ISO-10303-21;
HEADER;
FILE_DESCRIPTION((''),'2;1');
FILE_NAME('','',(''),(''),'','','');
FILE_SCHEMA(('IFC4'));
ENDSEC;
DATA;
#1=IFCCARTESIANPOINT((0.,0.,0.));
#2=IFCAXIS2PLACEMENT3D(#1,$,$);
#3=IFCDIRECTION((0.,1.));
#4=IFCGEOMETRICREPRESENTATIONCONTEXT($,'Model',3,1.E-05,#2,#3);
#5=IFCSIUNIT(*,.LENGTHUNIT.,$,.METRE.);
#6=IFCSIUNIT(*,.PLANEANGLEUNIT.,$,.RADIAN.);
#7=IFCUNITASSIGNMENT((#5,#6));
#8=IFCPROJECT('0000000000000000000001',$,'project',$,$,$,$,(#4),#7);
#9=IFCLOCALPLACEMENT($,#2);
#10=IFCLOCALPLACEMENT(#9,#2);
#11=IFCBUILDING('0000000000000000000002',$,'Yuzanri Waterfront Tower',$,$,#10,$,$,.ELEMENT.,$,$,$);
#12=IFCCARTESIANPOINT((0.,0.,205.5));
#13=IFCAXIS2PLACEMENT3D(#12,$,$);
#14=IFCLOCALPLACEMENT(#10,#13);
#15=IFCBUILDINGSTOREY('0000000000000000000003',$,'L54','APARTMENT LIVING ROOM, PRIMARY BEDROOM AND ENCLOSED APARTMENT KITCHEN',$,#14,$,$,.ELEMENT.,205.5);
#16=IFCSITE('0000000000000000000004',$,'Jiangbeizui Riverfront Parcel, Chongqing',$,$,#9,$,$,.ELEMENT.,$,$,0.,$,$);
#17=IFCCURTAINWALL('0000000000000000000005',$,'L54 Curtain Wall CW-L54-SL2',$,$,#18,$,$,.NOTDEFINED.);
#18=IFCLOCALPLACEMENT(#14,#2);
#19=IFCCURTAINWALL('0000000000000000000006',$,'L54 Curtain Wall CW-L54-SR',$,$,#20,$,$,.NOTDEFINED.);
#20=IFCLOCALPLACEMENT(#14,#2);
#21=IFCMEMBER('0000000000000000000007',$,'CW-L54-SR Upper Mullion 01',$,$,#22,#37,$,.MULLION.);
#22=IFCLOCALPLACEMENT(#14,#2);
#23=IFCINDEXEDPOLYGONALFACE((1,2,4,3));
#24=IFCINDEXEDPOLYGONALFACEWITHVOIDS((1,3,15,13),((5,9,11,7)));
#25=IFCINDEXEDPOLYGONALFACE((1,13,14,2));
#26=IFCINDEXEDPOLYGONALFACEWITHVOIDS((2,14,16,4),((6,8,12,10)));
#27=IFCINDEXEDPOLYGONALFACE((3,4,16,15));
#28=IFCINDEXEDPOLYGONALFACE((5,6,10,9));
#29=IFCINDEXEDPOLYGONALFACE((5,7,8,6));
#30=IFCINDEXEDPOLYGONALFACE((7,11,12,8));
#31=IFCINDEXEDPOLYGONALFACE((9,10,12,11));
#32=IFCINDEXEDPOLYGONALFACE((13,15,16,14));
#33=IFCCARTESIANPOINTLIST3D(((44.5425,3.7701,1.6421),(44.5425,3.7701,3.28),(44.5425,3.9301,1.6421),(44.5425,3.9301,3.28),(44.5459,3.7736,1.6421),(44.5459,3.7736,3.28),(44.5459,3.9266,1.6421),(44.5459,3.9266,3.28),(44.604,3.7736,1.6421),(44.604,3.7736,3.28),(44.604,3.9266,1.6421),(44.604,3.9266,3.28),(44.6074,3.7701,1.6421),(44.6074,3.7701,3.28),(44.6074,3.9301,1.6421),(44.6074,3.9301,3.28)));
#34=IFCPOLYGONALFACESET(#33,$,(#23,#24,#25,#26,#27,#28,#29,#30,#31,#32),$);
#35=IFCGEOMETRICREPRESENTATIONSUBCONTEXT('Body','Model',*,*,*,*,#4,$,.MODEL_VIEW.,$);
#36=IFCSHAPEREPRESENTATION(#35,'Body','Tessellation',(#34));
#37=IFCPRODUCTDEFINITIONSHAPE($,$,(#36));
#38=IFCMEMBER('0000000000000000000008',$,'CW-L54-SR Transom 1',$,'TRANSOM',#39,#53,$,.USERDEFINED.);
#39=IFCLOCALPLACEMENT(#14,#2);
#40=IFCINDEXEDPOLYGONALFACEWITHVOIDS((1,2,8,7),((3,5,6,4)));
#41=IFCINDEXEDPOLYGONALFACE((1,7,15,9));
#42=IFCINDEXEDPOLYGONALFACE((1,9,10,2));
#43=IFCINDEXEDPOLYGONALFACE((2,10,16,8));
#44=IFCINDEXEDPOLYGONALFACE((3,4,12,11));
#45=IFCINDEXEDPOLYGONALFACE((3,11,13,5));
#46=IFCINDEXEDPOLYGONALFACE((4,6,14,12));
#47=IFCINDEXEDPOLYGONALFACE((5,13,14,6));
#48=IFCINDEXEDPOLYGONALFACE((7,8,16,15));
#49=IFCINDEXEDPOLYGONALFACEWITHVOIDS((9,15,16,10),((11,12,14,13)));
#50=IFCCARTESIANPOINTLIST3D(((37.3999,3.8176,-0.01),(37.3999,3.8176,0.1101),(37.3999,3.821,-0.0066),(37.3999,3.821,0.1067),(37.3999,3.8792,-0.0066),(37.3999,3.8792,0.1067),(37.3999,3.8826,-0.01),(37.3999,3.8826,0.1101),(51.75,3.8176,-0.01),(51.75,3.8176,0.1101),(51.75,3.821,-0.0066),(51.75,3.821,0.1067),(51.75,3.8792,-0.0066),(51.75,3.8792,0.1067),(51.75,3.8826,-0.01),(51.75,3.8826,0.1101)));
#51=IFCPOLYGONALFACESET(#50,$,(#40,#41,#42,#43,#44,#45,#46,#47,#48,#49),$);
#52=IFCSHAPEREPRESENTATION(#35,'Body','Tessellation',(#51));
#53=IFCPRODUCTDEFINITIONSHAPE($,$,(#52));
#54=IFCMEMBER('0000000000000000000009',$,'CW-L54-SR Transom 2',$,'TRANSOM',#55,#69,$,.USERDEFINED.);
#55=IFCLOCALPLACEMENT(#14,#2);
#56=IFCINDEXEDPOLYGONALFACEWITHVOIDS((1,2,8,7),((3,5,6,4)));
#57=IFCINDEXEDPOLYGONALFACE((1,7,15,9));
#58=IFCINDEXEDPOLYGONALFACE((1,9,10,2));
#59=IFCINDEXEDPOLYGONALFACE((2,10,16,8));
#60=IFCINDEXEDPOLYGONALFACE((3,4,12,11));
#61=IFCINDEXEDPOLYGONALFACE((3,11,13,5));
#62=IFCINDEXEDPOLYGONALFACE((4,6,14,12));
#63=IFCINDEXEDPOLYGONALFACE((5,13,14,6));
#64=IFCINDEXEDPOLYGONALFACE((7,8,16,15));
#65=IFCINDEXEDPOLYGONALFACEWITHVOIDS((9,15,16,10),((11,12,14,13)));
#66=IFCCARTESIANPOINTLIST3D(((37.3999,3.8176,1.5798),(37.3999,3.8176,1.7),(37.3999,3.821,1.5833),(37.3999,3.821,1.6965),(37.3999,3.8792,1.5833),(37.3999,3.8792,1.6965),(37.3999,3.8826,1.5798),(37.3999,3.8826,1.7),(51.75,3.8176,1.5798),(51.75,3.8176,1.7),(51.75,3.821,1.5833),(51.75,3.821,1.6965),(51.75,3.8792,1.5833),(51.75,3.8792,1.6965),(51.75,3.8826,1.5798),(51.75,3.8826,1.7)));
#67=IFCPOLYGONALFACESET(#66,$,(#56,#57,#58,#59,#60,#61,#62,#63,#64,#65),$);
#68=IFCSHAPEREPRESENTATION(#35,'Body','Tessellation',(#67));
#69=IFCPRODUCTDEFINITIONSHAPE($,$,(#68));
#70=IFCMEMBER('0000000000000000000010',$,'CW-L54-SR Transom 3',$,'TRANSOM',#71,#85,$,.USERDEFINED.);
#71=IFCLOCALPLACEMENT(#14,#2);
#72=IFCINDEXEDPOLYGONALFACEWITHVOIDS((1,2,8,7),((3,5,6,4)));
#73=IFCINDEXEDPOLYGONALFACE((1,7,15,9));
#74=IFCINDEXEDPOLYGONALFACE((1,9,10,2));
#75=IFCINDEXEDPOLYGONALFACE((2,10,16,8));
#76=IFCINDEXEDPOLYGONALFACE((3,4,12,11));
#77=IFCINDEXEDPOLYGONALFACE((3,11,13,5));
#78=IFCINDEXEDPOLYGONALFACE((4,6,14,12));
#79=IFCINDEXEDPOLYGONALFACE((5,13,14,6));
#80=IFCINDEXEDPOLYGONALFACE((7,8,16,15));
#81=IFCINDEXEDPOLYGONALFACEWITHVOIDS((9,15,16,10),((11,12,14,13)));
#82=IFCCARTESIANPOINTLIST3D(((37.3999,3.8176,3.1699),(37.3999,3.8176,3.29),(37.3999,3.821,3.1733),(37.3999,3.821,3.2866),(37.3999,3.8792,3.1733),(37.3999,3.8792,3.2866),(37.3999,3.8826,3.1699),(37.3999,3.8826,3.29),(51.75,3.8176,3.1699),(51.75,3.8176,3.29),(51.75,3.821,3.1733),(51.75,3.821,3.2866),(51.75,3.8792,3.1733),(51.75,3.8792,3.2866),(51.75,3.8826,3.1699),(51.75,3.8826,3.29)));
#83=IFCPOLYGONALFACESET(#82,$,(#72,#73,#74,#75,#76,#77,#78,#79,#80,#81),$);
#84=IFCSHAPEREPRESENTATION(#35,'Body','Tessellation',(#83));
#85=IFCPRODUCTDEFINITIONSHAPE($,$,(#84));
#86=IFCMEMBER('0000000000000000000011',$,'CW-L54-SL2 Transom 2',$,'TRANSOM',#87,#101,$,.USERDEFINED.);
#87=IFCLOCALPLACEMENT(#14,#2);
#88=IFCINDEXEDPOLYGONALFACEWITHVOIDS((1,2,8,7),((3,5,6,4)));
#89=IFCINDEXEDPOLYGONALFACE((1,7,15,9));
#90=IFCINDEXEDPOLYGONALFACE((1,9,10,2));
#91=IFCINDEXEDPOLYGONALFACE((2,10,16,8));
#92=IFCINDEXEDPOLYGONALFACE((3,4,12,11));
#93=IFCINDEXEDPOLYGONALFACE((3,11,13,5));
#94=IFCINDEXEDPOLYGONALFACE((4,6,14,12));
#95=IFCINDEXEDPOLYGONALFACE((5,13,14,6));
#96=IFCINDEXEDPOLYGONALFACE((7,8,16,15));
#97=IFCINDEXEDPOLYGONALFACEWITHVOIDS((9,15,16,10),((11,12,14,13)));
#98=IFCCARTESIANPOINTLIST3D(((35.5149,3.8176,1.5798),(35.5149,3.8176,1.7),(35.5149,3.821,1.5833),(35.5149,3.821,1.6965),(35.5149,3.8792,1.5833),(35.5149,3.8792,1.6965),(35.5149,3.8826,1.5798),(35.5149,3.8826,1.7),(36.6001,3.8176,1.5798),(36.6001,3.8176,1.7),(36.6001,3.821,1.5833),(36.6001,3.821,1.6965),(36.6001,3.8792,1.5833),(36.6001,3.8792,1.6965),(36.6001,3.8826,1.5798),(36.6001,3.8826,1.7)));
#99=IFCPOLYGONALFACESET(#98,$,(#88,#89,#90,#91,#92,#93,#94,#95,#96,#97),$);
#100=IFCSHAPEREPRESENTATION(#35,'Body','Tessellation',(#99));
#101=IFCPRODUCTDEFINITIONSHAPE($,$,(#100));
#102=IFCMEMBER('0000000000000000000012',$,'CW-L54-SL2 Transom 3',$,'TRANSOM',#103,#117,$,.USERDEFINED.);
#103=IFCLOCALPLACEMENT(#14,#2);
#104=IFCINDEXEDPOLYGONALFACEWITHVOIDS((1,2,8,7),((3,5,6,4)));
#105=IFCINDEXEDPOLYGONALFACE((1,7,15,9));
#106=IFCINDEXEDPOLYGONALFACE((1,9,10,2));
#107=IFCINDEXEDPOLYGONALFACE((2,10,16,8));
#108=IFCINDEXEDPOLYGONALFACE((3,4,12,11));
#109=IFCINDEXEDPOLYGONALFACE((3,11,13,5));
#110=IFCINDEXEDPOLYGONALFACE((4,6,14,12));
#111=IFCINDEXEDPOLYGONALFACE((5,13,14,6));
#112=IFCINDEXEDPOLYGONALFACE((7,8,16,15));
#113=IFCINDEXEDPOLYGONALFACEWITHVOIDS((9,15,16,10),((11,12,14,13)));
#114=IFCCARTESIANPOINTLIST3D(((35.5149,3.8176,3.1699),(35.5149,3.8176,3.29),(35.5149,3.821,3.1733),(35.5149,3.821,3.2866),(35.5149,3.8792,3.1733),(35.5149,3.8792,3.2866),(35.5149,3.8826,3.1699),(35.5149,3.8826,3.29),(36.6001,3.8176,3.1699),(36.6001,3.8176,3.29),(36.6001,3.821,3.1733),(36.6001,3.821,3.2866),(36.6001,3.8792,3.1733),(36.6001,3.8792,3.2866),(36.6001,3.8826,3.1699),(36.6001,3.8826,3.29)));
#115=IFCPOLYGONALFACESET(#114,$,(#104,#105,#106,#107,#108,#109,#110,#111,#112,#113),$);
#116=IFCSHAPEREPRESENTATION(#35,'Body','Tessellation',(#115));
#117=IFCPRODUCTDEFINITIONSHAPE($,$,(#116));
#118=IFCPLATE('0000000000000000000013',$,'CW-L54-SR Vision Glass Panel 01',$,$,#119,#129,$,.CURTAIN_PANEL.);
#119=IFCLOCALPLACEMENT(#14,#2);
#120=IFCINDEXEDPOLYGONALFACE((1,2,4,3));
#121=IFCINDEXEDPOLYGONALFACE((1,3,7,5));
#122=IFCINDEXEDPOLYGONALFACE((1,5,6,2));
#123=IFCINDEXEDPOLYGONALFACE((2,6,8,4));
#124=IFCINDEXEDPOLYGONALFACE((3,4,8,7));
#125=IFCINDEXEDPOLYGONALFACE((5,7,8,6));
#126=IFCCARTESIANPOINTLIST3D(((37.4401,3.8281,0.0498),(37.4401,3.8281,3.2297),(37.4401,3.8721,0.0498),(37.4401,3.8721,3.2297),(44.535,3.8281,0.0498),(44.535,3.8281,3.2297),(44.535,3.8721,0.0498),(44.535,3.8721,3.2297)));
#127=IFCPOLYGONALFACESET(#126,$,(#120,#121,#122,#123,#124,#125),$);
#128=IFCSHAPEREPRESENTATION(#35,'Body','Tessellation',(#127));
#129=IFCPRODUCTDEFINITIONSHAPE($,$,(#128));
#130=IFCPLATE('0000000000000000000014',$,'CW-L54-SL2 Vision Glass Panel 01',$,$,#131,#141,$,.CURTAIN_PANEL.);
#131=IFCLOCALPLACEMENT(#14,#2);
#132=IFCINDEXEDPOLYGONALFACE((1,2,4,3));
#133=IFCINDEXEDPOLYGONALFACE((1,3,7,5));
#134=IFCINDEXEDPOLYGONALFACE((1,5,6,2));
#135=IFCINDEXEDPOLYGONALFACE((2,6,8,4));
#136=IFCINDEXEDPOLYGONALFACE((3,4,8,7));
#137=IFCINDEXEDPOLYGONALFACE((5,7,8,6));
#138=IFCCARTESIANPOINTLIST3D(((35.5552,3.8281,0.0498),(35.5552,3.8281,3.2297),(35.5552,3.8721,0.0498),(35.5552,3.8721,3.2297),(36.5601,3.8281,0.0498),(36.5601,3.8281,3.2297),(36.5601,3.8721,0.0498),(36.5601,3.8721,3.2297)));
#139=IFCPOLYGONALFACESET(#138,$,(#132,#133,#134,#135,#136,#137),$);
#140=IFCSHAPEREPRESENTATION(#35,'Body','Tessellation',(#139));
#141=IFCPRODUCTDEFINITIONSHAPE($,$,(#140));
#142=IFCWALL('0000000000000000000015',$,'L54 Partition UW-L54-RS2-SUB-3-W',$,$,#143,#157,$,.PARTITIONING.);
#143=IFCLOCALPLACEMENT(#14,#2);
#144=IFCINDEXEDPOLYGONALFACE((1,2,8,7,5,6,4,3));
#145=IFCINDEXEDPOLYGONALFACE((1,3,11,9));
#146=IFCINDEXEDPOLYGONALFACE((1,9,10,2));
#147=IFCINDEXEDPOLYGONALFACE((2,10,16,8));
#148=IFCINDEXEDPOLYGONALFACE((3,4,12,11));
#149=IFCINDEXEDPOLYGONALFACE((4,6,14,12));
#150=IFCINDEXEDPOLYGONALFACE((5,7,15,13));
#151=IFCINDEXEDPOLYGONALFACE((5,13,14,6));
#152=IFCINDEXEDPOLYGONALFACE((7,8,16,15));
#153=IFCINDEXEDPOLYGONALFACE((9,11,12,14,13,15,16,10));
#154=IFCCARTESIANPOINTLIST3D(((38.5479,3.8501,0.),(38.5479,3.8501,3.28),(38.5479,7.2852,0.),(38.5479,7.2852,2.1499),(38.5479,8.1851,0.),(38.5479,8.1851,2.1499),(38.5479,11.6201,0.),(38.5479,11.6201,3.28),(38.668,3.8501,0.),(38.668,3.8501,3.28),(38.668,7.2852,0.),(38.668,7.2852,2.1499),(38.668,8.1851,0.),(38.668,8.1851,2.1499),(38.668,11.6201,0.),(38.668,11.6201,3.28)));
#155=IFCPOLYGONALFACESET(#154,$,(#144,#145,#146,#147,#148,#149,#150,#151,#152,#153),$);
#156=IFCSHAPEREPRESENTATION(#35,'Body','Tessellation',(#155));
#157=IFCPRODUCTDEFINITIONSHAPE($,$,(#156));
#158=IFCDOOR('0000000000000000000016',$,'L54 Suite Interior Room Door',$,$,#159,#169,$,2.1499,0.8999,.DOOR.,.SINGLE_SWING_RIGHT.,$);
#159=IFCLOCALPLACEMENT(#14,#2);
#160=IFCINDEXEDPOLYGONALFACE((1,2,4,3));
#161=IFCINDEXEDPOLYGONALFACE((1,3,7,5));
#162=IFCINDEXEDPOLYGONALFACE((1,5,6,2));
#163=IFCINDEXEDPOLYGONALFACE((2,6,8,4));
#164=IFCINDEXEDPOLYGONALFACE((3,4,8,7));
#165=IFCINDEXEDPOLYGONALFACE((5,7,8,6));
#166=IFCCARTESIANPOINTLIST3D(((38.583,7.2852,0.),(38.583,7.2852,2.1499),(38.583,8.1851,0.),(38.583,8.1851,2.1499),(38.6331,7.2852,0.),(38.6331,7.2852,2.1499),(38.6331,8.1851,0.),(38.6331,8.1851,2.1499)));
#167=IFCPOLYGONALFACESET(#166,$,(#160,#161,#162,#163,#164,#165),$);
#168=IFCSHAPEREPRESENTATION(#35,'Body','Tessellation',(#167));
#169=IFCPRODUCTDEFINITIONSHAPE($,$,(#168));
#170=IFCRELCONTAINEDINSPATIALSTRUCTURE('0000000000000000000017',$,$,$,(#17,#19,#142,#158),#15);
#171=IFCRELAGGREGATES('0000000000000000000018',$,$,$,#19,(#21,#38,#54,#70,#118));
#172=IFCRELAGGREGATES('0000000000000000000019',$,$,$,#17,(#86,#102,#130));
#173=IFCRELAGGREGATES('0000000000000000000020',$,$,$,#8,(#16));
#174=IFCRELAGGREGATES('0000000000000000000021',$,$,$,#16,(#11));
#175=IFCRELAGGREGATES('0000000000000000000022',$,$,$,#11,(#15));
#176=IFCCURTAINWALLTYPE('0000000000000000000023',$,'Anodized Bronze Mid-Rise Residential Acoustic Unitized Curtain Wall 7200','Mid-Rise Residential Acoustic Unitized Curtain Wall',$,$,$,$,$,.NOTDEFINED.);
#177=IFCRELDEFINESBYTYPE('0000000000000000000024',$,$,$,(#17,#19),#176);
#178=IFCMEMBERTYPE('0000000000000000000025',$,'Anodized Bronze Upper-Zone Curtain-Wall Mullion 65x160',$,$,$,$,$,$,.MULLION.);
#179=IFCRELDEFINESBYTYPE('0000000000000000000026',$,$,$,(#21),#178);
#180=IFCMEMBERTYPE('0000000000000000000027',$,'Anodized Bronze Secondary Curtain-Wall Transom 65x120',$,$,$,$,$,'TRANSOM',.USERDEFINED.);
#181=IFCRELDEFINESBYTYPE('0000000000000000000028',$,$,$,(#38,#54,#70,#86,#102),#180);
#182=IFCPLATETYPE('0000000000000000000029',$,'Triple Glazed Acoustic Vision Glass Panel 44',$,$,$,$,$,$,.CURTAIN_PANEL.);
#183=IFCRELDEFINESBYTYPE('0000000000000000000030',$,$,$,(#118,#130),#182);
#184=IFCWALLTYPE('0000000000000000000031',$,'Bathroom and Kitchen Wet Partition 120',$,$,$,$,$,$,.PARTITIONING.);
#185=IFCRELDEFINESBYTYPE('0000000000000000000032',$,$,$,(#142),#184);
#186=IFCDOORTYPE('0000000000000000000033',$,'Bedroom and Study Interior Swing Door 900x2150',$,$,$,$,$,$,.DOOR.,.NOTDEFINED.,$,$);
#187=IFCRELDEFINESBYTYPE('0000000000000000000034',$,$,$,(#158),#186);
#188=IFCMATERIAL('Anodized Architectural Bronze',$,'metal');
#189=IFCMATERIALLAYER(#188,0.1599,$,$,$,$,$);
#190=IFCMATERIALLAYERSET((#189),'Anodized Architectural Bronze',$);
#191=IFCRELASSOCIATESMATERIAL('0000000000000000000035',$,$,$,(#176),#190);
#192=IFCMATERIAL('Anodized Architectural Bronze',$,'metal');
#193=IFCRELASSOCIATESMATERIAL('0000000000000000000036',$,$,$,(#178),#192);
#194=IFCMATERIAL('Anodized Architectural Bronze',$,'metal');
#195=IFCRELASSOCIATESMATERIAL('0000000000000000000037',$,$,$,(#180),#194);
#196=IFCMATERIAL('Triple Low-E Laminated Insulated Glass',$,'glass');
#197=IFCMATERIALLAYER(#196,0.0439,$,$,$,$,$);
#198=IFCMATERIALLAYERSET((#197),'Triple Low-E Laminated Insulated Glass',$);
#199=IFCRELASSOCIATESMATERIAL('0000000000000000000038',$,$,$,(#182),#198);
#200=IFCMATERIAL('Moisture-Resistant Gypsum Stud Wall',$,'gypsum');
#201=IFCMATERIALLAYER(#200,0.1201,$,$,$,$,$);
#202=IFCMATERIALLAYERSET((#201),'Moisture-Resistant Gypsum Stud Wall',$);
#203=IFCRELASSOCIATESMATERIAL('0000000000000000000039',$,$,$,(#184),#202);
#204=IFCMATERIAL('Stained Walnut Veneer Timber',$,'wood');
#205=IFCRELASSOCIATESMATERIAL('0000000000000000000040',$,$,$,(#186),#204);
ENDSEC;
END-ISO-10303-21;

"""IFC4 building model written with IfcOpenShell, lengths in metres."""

from ifc_helpers import new_model, si_unit, direction, frame, frame_2d, origin, origin_2d, place, context, subcontext, project, spatial, rectangle, hollow_rectangle, extrude, source, transform, mapped, material, layer, layer_set, material_profile, profile_set, type_object, element, fill, aggregate, save


model = new_model("IFC4")

# Units and contexts
model_context = context("Model", 3, precision=1e-05, world=origin(), true_north=direction((0.0, 1.0)))
body_context = subcontext(model_context, "Body", "Model", "MODEL_VIEW")
ifc_project = project(units=[si_unit("LENGTHUNIT", "METRE"), si_unit("PLANEANGLEUNIT", "RADIAN")], contexts=[model_context])

# Site, building, storey
site_placement = place(None, origin())
site = spatial("IfcSite", under=ifc_project, at=site_placement, Name="Jiangbeizui Riverfront Parcel, Chongqing", CompositionType="ELEMENT", RefElevation=0.0)
building_placement = place(site_placement, origin())
building = spatial("IfcBuilding", under=site, at=building_placement, Name="Yuzanri Waterfront Tower", CompositionType="ELEMENT")
storey_placement = place(building_placement, frame((0.0, 0.0, 205.5)))
storey = spatial("IfcBuildingStorey", under=building, at=storey_placement, Name="L54", Description="APARTMENT LIVING ROOM, PRIMARY BEDROOM AND ENCLOSED APARTMENT KITCHEN", CompositionType="ELEMENT", Elevation=205.5)

# Curtain walls, members
ifc_material_1 = material(Name="Anodized Architectural Bronze", Category="metal")
ifc_layer_1 = layer(ifc_material_1, 0.1599)
ifc_layer_set_1 = layer_set([ifc_layer_1], Name="Anodized Architectural Bronze")
curtain_wall_type = type_object("IfcCurtainWallType", Name="Anodized Bronze Mid-Rise Residential Acoustic Unitized Curtain Wall 7200", Description="Mid-Rise Residential Acoustic Unitized Curtain Wall", PredefinedType="NOTDEFINED", material=ifc_layer_set_1)
curtain_wall_1_placement = place(storey_placement, origin())
curtain_wall_1 = element("IfcCurtainWall", 1, at=curtain_wall_1_placement, inside=storey, type_object=curtain_wall_type, Name="L54 Curtain Wall CW-L54-SL2", PredefinedType="NOTDEFINED")
ifc_material_2 = material(Name="Anodized Architectural Bronze", Category="metal")
ifc_material_profile_1 = material_profile(ifc_material_2, hollow_rectangle(XDim=0.0649, YDim=0.1599, WallThickness=0.0034, at=origin_2d()), Name="CWM 65x160")
ifc_profile_set_1 = profile_set([ifc_material_profile_1], Name="Anodized Architectural Bronze")
member_type_1 = type_object("IfcMemberType", Name="Anodized Bronze Upper-Zone Curtain-Wall Mullion 65x160", PredefinedType="MULLION", material=ifc_profile_set_1)
shared_shape_1 = source(origin(), body_context, "Body", "SweptSolid", [
    extrude(hollow_rectangle(XDim=0.0649, YDim=0.1599, WallThickness=0.0034, at=origin_2d()), origin(), (0.0, 0.0, 1.0), 1.6379),
])
curtain_wall_2_placement = place(storey_placement, origin())
curtain_wall_2 = element("IfcCurtainWall", 2, at=curtain_wall_2_placement, inside=storey, type_object=curtain_wall_type, Name="L54 Curtain Wall CW-L54-SR", PredefinedType="NOTDEFINED")
member_1_placement = place(storey_placement, frame((44.575, 3.8501, 1.6421), z_axis=(0.0, 0.0, 1.0), x_axis=(1.0, 0.0, 0.0)))
member_1 = element("IfcMember", 3, at=member_1_placement, type_object=member_type_1, Name="CW-L54-SR Upper Mullion 01", PredefinedType="MULLION", context=body_context, shape_type="MappedRepresentation", body=[
    mapped(shared_shape_1, transform((0.0, 0.0, 0.0), scale=1.0)),
])
ifc_material_3 = material(Name="Anodized Architectural Bronze", Category="metal")
ifc_material_profile_2 = material_profile(ifc_material_3, hollow_rectangle(XDim=0.0649, YDim=0.1201, WallThickness=0.0034, at=origin_2d()), Name="CWT 65x120")
ifc_profile_set_2 = profile_set([ifc_material_profile_2], Name="Anodized Architectural Bronze")
member_type_2 = type_object("IfcMemberType", Name="Anodized Bronze Secondary Curtain-Wall Transom 65x120", ElementType="TRANSOM", PredefinedType="USERDEFINED", material=ifc_profile_set_2)
shared_shape_2 = source(origin(), body_context, "Body", "SweptSolid", [
    extrude(hollow_rectangle(XDim=0.0649, YDim=0.1201, WallThickness=0.0034, at=origin_2d()), origin(), (0.0, 0.0, 1.0), 14.3501),
])
member_2_placement = place(storey_placement, frame((37.3999, 3.8501, 0.05), z_axis=(1.0, 0.0, 0.0), x_axis=(0.0, 1.0, 0.0)))
member_2 = element("IfcMember", 4, at=member_2_placement, type_object=member_type_2, Name="CW-L54-SR Transom 1", ObjectType="TRANSOM", PredefinedType="USERDEFINED", context=body_context, shape_type="MappedRepresentation", body=[
    mapped(shared_shape_2, transform((0.0, 0.0, 0.0), scale=1.0)),
])
member_3_placement = place(storey_placement, frame((37.3999, 3.8501, 1.6399), z_axis=(1.0, 0.0, 0.0), x_axis=(0.0, 1.0, 0.0)))
member_3 = element("IfcMember", 5, at=member_3_placement, type_object=member_type_2, Name="CW-L54-SR Transom 2", ObjectType="TRANSOM", PredefinedType="USERDEFINED", context=body_context, shape_type="MappedRepresentation", body=[
    mapped(shared_shape_2, transform((0.0, 0.0, 0.0), scale=1.0)),
])
member_4_placement = place(storey_placement, frame((37.3999, 3.8501, 3.23), z_axis=(1.0, 0.0, 0.0), x_axis=(0.0, 1.0, 0.0)))
member_4 = element("IfcMember", 6, at=member_4_placement, type_object=member_type_2, Name="CW-L54-SR Transom 3", ObjectType="TRANSOM", PredefinedType="USERDEFINED", context=body_context, shape_type="MappedRepresentation", body=[
    mapped(shared_shape_2, transform((0.0, 0.0, 0.0), scale=1.0)),
])

# Members
shared_shape_3 = source(origin(), body_context, "Body", "SweptSolid", [
    extrude(hollow_rectangle(XDim=0.0649, YDim=0.1201, WallThickness=0.0034, at=origin_2d()), origin(), (0.0, 0.0, 1.0), 1.0852),
])
member_5_placement = place(storey_placement, frame((35.5149, 3.8501, 1.6399), z_axis=(1.0, 0.0, 0.0), x_axis=(0.0, 1.0, 0.0)))
member_5 = element("IfcMember", 7, at=member_5_placement, type_object=member_type_2, Name="CW-L54-SL2 Transom 2", ObjectType="TRANSOM", PredefinedType="USERDEFINED", context=body_context, shape_type="MappedRepresentation", body=[
    mapped(shared_shape_3, transform((0.0, 0.0, 0.0), scale=1.0)),
])
member_6_placement = place(storey_placement, frame((35.5149, 3.8501, 3.23), z_axis=(1.0, 0.0, 0.0), x_axis=(0.0, 1.0, 0.0)))
member_6 = element("IfcMember", 8, at=member_6_placement, type_object=member_type_2, Name="CW-L54-SL2 Transom 3", ObjectType="TRANSOM", PredefinedType="USERDEFINED", context=body_context, shape_type="MappedRepresentation", body=[
    mapped(shared_shape_3, transform((0.0, 0.0, 0.0), scale=1.0)),
])

# Plates
ifc_material_4 = material(Name="Triple Low-E Laminated Insulated Glass", Category="glass")
ifc_layer_2 = layer(ifc_material_4, 0.0439)
ifc_layer_set_2 = layer_set([ifc_layer_2], Name="Triple Low-E Laminated Insulated Glass")
plate_type = type_object("IfcPlateType", Name="Triple Glazed Acoustic Vision Glass Panel 44", PredefinedType="CURTAIN_PANEL", material=ifc_layer_set_2)
shared_shape_4 = source(origin(), body_context, "Body", "SweptSolid", [
    extrude(rectangle(XDim=7.095, YDim=0.0439, at=origin_2d()), origin(), (0.0, 0.0, 1.0), 3.1799),
])
plate_1_placement = place(storey_placement, frame((40.9875, 3.8501, 0.0498), z_axis=(0.0, 0.0, 1.0), x_axis=(1.0, 0.0, 0.0)))
plate_1 = element("IfcPlate", 9, at=plate_1_placement, type_object=plate_type, Name="CW-L54-SR Vision Glass Panel 01", PredefinedType="CURTAIN_PANEL", context=body_context, shape_type="MappedRepresentation", body=[
    mapped(shared_shape_4, transform((0.0, 0.0, 0.0), scale=1.0)),
])
aggregate(curtain_wall_2, [member_1, member_2, member_3, member_4, plate_1])
shared_shape_5 = source(origin(), body_context, "Body", "SweptSolid", [
    extrude(rectangle(XDim=1.0049, YDim=0.0439, at=origin_2d()), origin(), (0.0, 0.0, 1.0), 3.1799),
])
plate_2_placement = place(storey_placement, frame((36.0576, 3.8501, 0.0498), z_axis=(0.0, 0.0, 1.0), x_axis=(1.0, 0.0, 0.0)))
plate_2 = element("IfcPlate", 10, at=plate_2_placement, type_object=plate_type, Name="CW-L54-SL2 Vision Glass Panel 01", PredefinedType="CURTAIN_PANEL", context=body_context, shape_type="MappedRepresentation", body=[
    mapped(shared_shape_5, transform((0.0, 0.0, 0.0), scale=1.0)),
])
aggregate(curtain_wall_1, [member_5, member_6, plate_2])

# Wall, opening, door
ifc_material_5 = material(Name="Moisture-Resistant Gypsum Stud Wall", Category="gypsum")
ifc_layer_3 = layer(ifc_material_5, 0.1201)
ifc_layer_set_3 = layer_set([ifc_layer_3], Name="Moisture-Resistant Gypsum Stud Wall")
wall_type_1 = type_object("IfcWallType", Name="Bathroom and Kitchen Wet Partition 120", PredefinedType="PARTITIONING", material=ifc_layer_set_3)
wall_1_placement = place(storey_placement, frame((38.6079, 3.8501, 0.0), z_axis=(0.0, 0.0, 1.0), x_axis=(0.0, 1.0, 0.0)))
wall_1 = element("IfcWall", 11, at=wall_1_placement, inside=storey, type_object=wall_type_1, Name="L54 Partition UW-L54-RS2-SUB-3-W", PredefinedType="PARTITIONING", context=body_context, shape_type="SweptSolid", body=[
    extrude(rectangle(XDim=7.77, YDim=0.1201, at=frame_2d((3.885, 0.0))), origin(), (0.0, 0.0, 1.0), 3.28),
])
opening_placement = place(wall_1_placement, frame((3.4351, 0.0, 0.0)))
opening = element("IfcOpeningElement", 12, at=opening_placement, cuts=wall_1, PredefinedType="OPENING", context=body_context, shape_type="SweptSolid", body=[
    extrude(rectangle(XDim=0.8999, YDim=2.1499, at=frame_2d((0.45, 1.075))), frame((0.0, 0.075, 0.0), z_axis=(0.0, -1.0, 0.0), x_axis=(1.0, 0.0, 0.0)), (0.0, 0.0, 1.0), 0.1499),
])
ifc_material_6 = material(Name="Stained Walnut Veneer Timber", Category="wood")
door_type = type_object("IfcDoorType", Name="Bedroom and Study Interior Swing Door 900x2150", OperationType="NOTDEFINED", PredefinedType="DOOR", material=ifc_material_6)
shared_shape_6 = source(origin(), body_context, "Body", "SweptSolid", [
    extrude(rectangle(XDim=0.8999, YDim=2.1499, at=frame_2d((0.45, 1.075))), frame((0.0, 0.0249, 0.0), z_axis=(0.0, -1.0, 0.0), x_axis=(1.0, 0.0, 0.0)), (0.0, 0.0, 1.0), 0.05),
])
door_placement = place(opening_placement, origin())
door = element("IfcDoor", 13, at=door_placement, inside=storey, type_object=door_type, Name="L54 Suite Interior Room Door", OperationType="SINGLE_SWING_RIGHT", OverallHeight=2.1499, OverallWidth=0.8999, PredefinedType="DOOR", context=body_context, shape_type="MappedRepresentation", body=[
    mapped(shared_shape_6, transform((0.0, 0.0, 0.0), scale=1.0)),
])
fill(opening, door)

save(model, "model.ifc")
